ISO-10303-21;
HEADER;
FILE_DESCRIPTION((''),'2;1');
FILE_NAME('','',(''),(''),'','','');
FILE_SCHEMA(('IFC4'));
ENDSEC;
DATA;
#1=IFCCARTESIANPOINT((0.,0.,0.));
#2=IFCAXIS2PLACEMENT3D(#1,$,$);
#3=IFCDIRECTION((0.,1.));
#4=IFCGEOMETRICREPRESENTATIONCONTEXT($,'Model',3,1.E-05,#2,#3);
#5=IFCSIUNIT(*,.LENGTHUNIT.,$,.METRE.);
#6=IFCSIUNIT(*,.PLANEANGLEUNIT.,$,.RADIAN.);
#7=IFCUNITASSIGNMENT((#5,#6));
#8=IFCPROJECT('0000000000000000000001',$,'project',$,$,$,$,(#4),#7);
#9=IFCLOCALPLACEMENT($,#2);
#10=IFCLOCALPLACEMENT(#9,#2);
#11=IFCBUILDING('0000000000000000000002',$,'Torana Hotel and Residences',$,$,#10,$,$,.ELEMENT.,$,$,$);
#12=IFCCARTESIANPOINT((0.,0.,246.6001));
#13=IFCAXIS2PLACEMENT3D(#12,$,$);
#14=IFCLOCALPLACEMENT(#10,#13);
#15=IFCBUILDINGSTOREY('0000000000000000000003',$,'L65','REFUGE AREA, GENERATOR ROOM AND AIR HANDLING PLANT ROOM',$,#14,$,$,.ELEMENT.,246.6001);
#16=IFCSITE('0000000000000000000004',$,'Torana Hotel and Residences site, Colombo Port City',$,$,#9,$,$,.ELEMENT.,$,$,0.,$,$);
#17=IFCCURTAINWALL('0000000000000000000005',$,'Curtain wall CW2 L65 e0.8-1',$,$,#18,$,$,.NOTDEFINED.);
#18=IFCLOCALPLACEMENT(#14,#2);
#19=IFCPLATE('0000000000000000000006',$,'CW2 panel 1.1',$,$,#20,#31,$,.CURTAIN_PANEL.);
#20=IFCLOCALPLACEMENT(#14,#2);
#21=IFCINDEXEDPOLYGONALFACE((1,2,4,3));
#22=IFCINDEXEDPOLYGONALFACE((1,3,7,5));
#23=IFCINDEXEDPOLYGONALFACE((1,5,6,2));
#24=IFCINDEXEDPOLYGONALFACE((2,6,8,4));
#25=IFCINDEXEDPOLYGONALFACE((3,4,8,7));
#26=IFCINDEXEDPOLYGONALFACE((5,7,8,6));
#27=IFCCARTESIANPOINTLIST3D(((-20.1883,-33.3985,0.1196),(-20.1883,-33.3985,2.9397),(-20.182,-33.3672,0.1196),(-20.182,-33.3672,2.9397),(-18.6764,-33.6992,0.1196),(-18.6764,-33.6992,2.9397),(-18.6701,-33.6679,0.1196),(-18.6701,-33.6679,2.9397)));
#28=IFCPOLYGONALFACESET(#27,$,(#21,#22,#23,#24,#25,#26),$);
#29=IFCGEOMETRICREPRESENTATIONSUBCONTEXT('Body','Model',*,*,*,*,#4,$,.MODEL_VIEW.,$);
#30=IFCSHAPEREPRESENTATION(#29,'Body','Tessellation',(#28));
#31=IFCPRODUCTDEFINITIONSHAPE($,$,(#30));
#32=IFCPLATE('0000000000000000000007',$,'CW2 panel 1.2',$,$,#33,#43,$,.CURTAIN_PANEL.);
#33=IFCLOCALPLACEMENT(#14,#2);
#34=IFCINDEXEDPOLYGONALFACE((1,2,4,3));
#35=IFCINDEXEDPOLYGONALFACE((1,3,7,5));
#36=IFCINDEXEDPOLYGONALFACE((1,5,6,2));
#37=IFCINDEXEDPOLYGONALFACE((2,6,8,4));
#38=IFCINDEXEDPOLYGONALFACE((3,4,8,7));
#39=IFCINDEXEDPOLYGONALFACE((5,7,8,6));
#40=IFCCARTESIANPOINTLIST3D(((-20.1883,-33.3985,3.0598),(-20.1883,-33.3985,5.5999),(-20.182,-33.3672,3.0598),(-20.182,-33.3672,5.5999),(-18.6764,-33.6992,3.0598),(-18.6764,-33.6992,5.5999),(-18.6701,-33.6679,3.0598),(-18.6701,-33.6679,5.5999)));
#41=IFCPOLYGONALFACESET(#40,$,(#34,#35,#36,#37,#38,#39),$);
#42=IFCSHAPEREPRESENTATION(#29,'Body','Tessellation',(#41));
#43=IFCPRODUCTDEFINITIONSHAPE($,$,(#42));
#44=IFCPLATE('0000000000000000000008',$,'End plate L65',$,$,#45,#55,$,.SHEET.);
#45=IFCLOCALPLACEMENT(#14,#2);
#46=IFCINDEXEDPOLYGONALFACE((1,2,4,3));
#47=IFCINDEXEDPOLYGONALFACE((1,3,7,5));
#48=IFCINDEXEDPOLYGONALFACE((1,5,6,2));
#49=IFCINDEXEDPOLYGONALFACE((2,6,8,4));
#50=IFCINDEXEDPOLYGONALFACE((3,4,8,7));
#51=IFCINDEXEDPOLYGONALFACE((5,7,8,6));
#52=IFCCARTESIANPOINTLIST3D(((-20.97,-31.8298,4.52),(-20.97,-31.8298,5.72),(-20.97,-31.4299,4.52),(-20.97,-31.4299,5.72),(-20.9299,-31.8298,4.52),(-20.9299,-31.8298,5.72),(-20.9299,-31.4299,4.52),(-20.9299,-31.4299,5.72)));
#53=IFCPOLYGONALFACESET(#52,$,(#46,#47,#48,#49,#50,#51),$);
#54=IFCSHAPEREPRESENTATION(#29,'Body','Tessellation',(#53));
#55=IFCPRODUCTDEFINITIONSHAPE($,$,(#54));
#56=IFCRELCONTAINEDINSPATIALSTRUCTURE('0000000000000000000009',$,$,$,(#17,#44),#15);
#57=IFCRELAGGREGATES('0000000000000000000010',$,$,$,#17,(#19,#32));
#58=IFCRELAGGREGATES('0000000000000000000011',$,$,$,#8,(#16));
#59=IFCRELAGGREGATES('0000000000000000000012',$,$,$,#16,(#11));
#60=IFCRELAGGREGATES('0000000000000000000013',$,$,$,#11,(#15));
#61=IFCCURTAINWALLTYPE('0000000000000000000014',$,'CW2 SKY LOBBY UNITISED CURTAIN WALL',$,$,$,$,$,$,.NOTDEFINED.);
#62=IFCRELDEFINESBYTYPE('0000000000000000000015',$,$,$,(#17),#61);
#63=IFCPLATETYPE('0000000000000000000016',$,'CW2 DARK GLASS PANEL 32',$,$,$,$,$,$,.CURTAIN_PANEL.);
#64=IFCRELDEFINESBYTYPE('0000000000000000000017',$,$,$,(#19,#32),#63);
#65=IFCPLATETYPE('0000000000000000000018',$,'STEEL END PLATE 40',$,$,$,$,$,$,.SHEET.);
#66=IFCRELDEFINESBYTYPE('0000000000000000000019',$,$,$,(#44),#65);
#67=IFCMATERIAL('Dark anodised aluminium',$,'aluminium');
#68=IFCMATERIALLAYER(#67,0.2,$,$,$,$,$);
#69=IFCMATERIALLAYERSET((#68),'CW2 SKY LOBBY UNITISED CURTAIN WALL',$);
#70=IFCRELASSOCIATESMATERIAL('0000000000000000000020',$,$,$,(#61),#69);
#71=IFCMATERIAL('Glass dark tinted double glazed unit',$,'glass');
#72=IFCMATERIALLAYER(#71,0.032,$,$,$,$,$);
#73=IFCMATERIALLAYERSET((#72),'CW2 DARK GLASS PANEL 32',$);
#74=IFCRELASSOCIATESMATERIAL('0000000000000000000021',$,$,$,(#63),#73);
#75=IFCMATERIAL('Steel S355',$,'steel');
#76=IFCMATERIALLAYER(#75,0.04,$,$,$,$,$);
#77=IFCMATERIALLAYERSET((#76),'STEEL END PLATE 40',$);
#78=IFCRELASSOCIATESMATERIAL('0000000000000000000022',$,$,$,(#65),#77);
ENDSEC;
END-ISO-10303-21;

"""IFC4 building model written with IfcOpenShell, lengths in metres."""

from ifc_helpers import new_model, si_unit, direction, frame, origin, origin_2d, place, context, subcontext, project, spatial, rectangle, extrude, material, layer, layer_set, type_object, element, aggregate, save


model = new_model("IFC4")

# Units and contexts
model_context = context("Model", 3, precision=1e-05, world=origin(), true_north=direction((0.0, 1.0)))
body_context = subcontext(model_context, "Body", "Model", "MODEL_VIEW")
ifc_project = project(units=[si_unit("LENGTHUNIT", "METRE"), si_unit("PLANEANGLEUNIT", "RADIAN")], contexts=[model_context])

# Site, building, storey
site_placement = place(None, origin())
site = spatial("IfcSite", under=ifc_project, at=site_placement, Name="Torana Hotel and Residences site, Colombo Port City", CompositionType="ELEMENT", RefElevation=0.0)
building_placement = place(site_placement, origin())
building = spatial("IfcBuilding", under=site, at=building_placement, Name="Torana Hotel and Residences", CompositionType="ELEMENT")
storey_placement = place(building_placement, frame((0.0, 0.0, 246.6001)))
storey = spatial("IfcBuildingStorey", under=building, at=storey_placement, Name="L65", Description="REFUGE AREA, GENERATOR ROOM AND AIR HANDLING PLANT ROOM", CompositionType="ELEMENT", Elevation=246.6001)

# Shared definitions
ifc_material_1 = material(Name="Dark anodised aluminium", Category="aluminium")
ifc_layer_1 = layer(ifc_material_1, 0.2)
ifc_layer_set_1 = layer_set([ifc_layer_1], Name="CW2 SKY LOBBY UNITISED CURTAIN WALL")
curtain_wall_type = type_object("IfcCurtainWallType", Name="CW2 SKY LOBBY UNITISED CURTAIN WALL", PredefinedType="NOTDEFINED", material=ifc_layer_set_1)

# Curtain wall
curtain_wall_1_placement = place(storey_placement, origin())
curtain_wall_1 = element("IfcCurtainWall", 1, at=curtain_wall_1_placement, inside=storey, type_object=curtain_wall_type, Name="Curtain wall CW2 L65 e0.8-1", PredefinedType="NOTDEFINED")

# Plates
ifc_material_2 = material(Name="Glass dark tinted double glazed unit", Category="glass")
ifc_layer_2 = layer(ifc_material_2, 0.032)
ifc_layer_set_2 = layer_set([ifc_layer_2], Name="CW2 DARK GLASS PANEL 32")
plate_type_1 = type_object("IfcPlateType", Name="CW2 DARK GLASS PANEL 32", PredefinedType="CURTAIN_PANEL", material=ifc_layer_set_2)
plate_1_placement = place(storey_placement, frame((-19.4292, -33.5332, 0.1196), z_axis=(0.0, 0.0, 1.0), x_axis=(0.980791, -0.195064, 0.0)))
plate_1 = element("IfcPlate", 2, at=plate_1_placement, type_object=plate_type_1, Name="CW2 panel 1.1", PredefinedType="CURTAIN_PANEL", context=body_context, shape_type="SweptSolid", body=[
    extrude(rectangle(XDim=1.5415, YDim=0.032, at=origin_2d()), origin(), (0.0, 0.0, 1.0), 2.8201),
])
plate_2_placement = place(storey_placement, frame((-19.4292, -33.5332, 3.0598), z_axis=(0.0, 0.0, 1.0), x_axis=(0.980791, -0.195064, 0.0)))
plate_2 = element("IfcPlate", 3, at=plate_2_placement, type_object=plate_type_1, Name="CW2 panel 1.2", PredefinedType="CURTAIN_PANEL", context=body_context, shape_type="SweptSolid", body=[
    extrude(rectangle(XDim=1.5415, YDim=0.032, at=origin_2d()), origin(), (0.0, 0.0, 1.0), 2.54),
])
aggregate(curtain_wall_1, [plate_1, plate_2])
ifc_material_3 = material(Name="Steel S355", Category="steel")
ifc_layer_3 = layer(ifc_material_3, 0.04)
ifc_layer_set_3 = layer_set([ifc_layer_3], Name="STEEL END PLATE 40")
plate_type_2 = type_object("IfcPlateType", Name="STEEL END PLATE 40", PredefinedType="SHEET", material=ifc_layer_set_3)
plate_3_placement = place(storey_placement, frame((-20.95, -31.6299, 4.52), z_axis=(0.0, 0.0, 1.0), x_axis=(-1.0, 0.0, 0.0)))
element("IfcPlate", 4, at=plate_3_placement, inside=storey, type_object=plate_type_2, Name="End plate L65", PredefinedType="SHEET", context=body_context, shape_type="SweptSolid", body=[
    extrude(rectangle(XDim=0.04, YDim=0.3999, at=origin_2d()), origin(), (0.0, 0.0, 1.0), 1.2),
])

save(model, "model.ifc")
